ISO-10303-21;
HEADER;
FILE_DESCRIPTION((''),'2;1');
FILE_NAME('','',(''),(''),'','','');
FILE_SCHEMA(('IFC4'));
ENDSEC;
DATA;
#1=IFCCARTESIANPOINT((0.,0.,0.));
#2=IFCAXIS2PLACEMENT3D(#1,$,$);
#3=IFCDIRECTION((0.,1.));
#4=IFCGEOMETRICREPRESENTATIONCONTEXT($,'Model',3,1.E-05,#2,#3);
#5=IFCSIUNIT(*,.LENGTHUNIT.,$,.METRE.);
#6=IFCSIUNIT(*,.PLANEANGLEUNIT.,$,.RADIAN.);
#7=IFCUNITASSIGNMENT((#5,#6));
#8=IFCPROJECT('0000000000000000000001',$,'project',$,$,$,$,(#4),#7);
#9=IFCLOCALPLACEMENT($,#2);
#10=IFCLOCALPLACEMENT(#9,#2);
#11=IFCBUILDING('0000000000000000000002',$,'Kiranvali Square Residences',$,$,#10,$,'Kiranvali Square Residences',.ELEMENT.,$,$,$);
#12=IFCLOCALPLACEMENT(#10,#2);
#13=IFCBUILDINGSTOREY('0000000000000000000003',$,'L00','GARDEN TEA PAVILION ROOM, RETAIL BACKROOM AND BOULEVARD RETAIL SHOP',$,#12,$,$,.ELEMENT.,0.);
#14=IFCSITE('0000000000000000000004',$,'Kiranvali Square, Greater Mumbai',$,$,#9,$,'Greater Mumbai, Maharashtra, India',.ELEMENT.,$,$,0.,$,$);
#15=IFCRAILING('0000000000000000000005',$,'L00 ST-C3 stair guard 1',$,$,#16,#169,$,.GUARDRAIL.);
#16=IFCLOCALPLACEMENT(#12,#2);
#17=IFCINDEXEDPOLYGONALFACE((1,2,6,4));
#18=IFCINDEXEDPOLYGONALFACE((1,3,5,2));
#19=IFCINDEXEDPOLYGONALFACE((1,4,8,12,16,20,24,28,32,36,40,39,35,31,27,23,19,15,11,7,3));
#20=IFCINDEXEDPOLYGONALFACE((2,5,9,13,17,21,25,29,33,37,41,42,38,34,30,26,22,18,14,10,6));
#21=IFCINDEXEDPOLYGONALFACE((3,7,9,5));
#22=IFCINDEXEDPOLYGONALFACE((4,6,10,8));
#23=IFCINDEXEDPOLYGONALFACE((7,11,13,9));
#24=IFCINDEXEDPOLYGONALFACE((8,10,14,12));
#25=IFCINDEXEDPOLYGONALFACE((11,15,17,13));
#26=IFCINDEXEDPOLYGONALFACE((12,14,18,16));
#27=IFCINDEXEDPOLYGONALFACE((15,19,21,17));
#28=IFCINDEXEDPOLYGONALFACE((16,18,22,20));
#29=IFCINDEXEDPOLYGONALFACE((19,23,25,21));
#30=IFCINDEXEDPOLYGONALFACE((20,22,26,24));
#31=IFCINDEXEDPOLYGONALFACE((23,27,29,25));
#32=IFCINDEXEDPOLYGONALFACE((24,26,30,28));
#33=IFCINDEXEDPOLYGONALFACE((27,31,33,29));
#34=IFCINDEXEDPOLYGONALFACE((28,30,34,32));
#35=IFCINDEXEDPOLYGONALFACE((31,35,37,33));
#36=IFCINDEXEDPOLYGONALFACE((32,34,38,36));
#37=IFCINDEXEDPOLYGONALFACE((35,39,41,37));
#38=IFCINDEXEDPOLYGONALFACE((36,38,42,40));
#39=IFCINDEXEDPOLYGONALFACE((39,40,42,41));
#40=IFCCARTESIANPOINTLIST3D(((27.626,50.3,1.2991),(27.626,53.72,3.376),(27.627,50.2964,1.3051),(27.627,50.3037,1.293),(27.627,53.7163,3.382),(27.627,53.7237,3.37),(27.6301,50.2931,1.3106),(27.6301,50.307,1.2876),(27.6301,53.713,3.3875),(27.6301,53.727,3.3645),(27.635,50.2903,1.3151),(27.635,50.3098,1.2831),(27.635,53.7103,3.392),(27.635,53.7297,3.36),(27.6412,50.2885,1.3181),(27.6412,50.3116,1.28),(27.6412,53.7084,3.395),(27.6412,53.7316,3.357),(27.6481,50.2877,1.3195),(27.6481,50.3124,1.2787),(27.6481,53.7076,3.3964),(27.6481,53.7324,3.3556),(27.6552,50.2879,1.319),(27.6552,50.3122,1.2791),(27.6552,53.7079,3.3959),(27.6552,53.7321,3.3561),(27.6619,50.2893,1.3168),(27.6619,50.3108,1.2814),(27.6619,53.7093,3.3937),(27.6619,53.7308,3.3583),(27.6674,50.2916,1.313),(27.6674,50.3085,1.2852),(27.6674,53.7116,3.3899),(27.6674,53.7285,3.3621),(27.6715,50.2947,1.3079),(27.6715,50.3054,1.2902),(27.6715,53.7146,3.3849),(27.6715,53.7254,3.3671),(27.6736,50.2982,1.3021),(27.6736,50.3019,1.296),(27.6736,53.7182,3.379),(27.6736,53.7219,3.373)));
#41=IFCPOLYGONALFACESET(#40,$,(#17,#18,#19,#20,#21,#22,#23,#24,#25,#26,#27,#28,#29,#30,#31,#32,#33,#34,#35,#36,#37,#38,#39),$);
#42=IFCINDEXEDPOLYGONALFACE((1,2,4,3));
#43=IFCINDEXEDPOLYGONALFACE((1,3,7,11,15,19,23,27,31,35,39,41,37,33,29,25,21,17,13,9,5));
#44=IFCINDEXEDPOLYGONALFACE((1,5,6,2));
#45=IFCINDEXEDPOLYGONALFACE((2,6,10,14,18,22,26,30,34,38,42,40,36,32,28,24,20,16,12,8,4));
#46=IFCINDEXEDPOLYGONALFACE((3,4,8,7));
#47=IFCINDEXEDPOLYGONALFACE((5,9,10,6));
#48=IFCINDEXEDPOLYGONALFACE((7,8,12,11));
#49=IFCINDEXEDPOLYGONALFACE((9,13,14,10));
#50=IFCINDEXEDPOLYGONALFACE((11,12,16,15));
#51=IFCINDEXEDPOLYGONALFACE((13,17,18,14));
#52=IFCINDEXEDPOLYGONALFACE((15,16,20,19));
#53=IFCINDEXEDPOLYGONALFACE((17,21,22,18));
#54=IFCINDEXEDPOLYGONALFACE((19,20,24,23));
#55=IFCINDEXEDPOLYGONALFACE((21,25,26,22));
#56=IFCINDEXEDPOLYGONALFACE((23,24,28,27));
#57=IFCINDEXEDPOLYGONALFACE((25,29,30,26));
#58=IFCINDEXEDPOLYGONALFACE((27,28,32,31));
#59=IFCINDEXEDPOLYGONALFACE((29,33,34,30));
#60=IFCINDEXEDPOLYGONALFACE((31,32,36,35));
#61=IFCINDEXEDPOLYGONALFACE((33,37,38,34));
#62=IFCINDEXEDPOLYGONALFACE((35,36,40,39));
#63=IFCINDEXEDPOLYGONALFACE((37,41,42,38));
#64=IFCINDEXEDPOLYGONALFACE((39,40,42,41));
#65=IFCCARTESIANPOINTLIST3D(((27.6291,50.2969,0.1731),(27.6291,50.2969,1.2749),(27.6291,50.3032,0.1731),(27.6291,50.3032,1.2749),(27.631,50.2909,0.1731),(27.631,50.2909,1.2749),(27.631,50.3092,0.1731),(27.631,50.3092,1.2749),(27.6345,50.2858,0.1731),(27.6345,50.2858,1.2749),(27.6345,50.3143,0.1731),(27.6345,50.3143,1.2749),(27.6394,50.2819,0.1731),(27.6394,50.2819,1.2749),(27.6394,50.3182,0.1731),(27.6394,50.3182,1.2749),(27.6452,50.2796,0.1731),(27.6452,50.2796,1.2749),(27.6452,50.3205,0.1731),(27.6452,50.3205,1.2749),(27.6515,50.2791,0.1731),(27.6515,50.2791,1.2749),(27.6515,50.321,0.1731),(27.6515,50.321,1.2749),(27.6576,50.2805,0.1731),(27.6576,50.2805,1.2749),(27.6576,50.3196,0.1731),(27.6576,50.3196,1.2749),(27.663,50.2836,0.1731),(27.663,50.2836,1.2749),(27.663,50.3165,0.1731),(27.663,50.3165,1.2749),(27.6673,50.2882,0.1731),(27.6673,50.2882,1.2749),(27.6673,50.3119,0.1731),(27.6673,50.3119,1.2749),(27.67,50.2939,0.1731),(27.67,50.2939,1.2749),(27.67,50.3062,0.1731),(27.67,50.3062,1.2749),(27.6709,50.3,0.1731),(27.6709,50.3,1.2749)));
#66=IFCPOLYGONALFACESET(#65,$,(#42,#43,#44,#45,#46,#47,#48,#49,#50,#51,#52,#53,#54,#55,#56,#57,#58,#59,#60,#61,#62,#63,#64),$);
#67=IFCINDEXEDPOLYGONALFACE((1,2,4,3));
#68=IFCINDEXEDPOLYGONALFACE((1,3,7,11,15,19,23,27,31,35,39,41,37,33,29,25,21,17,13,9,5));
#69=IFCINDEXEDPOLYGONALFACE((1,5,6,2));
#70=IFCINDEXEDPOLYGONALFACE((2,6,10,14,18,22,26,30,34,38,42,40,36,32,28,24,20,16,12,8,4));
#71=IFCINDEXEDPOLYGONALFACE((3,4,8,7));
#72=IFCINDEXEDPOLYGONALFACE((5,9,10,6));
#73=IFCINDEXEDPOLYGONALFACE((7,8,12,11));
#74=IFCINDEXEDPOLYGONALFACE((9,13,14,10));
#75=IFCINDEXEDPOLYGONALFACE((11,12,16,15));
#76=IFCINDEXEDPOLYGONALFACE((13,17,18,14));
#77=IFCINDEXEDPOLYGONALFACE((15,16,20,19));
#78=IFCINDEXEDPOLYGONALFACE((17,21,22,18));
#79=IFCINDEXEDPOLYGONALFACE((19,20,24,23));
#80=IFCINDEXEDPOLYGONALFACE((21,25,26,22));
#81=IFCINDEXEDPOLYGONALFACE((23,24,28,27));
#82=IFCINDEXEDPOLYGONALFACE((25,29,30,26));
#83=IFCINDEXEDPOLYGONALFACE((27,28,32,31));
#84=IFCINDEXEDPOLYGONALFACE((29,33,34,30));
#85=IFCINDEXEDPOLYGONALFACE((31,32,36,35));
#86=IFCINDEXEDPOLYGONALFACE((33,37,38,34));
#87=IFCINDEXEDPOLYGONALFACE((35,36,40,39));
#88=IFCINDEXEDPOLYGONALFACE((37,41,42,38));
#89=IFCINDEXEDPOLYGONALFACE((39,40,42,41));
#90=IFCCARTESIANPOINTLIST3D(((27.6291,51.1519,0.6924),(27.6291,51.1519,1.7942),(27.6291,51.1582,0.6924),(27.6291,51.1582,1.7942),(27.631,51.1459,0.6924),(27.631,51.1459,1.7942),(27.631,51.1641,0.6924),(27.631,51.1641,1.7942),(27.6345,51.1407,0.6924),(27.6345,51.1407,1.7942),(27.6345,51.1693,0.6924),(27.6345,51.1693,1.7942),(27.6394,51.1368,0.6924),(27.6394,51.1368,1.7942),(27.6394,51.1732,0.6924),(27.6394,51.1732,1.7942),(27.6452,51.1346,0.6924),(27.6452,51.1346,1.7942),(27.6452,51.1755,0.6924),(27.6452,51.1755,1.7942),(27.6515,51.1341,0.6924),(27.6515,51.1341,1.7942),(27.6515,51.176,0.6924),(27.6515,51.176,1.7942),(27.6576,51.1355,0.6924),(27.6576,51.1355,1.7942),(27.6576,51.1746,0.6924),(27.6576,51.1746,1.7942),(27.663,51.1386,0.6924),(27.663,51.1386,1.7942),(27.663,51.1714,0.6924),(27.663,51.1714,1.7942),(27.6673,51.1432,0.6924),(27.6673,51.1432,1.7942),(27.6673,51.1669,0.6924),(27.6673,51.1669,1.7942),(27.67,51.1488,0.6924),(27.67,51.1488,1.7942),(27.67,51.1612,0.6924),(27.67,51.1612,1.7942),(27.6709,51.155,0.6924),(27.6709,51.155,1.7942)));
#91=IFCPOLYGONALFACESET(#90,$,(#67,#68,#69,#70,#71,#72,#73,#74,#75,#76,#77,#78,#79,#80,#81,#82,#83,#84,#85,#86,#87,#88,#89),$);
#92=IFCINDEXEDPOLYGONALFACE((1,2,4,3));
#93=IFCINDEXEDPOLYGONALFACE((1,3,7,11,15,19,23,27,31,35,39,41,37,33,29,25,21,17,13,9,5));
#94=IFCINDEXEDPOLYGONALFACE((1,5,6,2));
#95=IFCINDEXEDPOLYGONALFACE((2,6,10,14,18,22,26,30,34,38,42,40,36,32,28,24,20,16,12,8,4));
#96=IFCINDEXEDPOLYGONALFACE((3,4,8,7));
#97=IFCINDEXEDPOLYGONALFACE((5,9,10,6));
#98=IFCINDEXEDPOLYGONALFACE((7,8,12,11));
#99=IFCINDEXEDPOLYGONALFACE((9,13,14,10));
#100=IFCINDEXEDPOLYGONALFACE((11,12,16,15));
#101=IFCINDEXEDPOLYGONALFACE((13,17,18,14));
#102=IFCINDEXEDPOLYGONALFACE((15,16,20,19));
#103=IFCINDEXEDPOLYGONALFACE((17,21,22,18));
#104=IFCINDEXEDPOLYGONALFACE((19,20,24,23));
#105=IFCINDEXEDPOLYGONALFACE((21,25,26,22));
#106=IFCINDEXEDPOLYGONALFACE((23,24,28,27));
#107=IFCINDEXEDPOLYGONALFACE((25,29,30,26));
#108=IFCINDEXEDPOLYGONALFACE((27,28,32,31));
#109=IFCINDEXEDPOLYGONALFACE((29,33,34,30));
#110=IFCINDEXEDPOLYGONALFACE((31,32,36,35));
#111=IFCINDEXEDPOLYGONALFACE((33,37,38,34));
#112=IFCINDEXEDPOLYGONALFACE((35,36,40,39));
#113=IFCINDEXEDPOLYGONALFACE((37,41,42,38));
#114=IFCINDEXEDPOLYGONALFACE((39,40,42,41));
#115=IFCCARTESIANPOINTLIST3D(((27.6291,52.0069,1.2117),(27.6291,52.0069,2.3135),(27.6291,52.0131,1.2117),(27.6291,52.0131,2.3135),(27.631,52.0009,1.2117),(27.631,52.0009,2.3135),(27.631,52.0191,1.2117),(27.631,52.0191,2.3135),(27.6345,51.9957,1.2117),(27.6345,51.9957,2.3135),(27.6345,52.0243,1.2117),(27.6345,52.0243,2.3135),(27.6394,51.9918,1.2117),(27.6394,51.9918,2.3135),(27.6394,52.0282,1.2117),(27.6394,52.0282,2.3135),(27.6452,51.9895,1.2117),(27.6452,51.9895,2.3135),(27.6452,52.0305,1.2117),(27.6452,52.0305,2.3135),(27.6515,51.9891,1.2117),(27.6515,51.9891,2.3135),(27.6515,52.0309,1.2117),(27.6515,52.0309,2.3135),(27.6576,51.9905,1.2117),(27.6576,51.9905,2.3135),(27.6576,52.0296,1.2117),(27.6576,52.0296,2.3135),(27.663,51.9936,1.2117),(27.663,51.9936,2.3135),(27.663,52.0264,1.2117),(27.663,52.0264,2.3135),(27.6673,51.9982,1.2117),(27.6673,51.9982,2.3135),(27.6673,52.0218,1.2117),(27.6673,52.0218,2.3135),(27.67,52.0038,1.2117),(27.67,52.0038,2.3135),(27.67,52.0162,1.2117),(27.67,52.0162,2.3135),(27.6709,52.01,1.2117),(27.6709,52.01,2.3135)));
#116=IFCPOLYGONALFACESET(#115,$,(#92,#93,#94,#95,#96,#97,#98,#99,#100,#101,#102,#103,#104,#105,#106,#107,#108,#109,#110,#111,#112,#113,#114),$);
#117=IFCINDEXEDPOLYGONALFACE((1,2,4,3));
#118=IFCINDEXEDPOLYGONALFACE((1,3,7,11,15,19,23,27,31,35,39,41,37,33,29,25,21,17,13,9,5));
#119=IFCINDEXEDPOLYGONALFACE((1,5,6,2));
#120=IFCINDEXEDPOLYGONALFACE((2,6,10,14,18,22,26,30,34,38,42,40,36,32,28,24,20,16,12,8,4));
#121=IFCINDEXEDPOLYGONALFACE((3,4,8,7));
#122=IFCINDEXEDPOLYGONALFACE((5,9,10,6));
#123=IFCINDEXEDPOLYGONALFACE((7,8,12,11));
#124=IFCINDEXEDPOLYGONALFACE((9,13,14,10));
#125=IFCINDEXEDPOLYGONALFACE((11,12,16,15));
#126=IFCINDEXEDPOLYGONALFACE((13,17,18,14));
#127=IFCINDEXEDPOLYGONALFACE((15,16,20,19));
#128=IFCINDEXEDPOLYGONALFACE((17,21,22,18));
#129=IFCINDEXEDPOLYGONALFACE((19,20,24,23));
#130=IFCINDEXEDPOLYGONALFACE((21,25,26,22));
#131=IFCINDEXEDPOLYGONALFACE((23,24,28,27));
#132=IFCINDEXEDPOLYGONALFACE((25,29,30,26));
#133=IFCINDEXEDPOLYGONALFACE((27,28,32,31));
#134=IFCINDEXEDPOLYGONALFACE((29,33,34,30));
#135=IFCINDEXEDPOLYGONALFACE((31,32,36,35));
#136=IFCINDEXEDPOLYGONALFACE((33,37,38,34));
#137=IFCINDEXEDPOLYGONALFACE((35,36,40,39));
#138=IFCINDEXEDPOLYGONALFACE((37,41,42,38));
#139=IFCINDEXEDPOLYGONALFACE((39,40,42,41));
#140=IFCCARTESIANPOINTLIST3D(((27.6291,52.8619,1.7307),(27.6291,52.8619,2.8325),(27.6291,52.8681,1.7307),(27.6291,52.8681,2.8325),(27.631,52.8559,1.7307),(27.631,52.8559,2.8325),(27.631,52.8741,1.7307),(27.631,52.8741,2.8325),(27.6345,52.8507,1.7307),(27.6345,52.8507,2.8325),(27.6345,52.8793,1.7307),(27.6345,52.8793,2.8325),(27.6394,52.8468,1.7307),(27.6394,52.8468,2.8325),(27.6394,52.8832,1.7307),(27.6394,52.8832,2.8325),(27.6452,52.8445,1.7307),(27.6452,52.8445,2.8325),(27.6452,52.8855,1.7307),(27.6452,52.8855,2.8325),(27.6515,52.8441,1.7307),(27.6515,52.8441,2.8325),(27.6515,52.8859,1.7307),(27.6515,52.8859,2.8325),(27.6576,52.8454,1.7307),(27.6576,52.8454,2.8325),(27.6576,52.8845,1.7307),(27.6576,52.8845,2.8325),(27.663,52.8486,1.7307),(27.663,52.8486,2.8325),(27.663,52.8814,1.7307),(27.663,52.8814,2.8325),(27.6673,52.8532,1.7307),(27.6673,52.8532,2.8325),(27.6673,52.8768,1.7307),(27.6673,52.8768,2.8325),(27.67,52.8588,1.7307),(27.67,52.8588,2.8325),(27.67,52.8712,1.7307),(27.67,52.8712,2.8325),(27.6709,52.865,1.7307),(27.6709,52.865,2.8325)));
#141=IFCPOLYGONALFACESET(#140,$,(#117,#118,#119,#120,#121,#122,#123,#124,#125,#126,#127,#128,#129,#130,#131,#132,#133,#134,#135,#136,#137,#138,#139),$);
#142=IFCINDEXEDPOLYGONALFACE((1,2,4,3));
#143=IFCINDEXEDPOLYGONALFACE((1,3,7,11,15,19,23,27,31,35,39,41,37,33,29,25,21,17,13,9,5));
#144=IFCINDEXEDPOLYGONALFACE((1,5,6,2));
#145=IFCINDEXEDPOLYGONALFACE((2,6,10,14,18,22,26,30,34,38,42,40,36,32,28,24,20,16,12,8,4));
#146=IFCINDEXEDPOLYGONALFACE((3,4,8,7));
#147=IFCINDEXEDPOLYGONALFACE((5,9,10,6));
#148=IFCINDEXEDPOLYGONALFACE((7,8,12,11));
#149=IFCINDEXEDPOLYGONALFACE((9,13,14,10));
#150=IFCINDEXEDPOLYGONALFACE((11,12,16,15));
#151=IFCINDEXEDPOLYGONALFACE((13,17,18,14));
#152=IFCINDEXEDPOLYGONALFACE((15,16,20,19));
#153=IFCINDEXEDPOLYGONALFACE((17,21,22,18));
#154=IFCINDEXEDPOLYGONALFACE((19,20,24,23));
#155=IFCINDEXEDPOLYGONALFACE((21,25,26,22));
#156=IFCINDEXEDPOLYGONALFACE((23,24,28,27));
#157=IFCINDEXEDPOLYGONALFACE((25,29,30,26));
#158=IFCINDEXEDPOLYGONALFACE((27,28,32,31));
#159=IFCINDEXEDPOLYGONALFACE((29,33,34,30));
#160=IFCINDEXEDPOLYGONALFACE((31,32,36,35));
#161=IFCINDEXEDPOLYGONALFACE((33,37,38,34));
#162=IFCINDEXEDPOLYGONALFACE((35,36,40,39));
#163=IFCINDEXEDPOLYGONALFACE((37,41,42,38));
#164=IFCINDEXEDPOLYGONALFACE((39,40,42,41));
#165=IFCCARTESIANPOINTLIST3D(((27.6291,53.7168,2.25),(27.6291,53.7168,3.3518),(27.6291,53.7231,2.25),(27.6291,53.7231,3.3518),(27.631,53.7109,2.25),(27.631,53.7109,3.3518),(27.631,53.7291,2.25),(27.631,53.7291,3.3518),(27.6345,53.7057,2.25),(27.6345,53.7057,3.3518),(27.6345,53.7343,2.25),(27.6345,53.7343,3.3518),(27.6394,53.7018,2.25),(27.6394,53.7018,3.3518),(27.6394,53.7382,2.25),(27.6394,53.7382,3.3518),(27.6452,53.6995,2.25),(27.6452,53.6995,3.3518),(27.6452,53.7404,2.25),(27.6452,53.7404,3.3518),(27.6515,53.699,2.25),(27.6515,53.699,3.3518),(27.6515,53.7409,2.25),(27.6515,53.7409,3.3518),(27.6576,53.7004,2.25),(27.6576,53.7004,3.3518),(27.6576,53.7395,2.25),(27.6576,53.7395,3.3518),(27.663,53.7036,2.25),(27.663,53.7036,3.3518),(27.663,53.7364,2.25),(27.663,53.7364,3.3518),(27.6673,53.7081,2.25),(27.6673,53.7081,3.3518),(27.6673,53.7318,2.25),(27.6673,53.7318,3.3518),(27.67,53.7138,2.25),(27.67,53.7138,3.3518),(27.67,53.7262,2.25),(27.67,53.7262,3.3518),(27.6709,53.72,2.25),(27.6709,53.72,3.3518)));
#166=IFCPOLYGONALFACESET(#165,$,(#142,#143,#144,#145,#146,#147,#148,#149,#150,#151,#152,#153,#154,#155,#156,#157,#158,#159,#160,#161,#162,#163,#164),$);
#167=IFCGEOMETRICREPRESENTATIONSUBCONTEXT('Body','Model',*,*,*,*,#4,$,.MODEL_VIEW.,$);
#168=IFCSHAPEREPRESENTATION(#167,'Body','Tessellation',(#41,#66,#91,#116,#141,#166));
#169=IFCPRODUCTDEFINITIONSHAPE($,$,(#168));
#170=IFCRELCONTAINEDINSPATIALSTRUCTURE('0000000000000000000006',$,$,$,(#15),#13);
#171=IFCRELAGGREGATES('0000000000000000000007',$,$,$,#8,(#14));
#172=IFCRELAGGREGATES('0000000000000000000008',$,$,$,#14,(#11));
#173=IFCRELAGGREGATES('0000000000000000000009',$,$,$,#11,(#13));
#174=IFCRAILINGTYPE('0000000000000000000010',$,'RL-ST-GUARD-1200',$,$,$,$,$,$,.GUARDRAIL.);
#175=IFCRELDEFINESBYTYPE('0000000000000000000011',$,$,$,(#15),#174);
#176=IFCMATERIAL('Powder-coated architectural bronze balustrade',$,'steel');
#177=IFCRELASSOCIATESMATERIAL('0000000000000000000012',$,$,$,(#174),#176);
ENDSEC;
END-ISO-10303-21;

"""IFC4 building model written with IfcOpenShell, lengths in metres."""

from ifc_helpers import new_model, si_unit, direction, frame, origin, origin_2d, place, context, subcontext, project, spatial, circle, extrude, material, type_object, element, save


model = new_model("IFC4")

# Units and contexts
model_context = context("Model", 3, precision=1e-05, world=origin(), true_north=direction((0.0, 1.0)))
body_context = subcontext(model_context, "Body", "Model", "MODEL_VIEW")
ifc_project = project(units=[si_unit("LENGTHUNIT", "METRE"), si_unit("PLANEANGLEUNIT", "RADIAN")], contexts=[model_context])

# Site, building, storey
site_placement = place(None, origin())
site = spatial("IfcSite", under=ifc_project, at=site_placement, Name="Kiranvali Square, Greater Mumbai", LongName="Greater Mumbai, Maharashtra, India", CompositionType="ELEMENT", RefElevation=0.0)
building_placement = place(site_placement, origin())
building = spatial("IfcBuilding", under=site, at=building_placement, Name="Kiranvali Square Residences", LongName="Kiranvali Square Residences", CompositionType="ELEMENT")
storey_placement = place(building_placement, origin())
storey = spatial("IfcBuildingStorey", under=building, at=storey_placement, Name="L00", Description="GARDEN TEA PAVILION ROOM, RETAIL BACKROOM AND BOULEVARD RETAIL SHOP", CompositionType="ELEMENT", Elevation=0.0)

# Railing
ifc_material_1 = material(Name="Powder-coated architectural bronze balustrade", Category="steel")
railing_type_1 = type_object("IfcRailingType", Name="RL-ST-GUARD-1200", PredefinedType="GUARDRAIL", material=ifc_material_1)
railing_1_placement = place(storey_placement, frame((27.6499, 50.3, 0.1731)))
element("IfcRailing", 1, at=railing_1_placement, inside=storey, type_object=railing_type_1, Name="L00 ST-C3 stair guard 1", PredefinedType="GUARDRAIL", context=body_context, shape_type="SweptSolid", body=[
    extrude(circle(Radius=0.0239, at=origin_2d()), frame((0.0, 0.0, 1.126), z_axis=(0.0, 0.85473, 0.519074), x_axis=(-1.0, 0.0, 0.0)), (0.0, 0.0, 1.0), 4.0012),
    extrude(circle(Radius=0.021, at=origin_2d()), origin(), (0.0, 0.0, 1.0), 1.1018),
    extrude(circle(Radius=0.021, at=origin_2d()), frame((0.0, 0.855, 0.5193)), (0.0, 0.0, 1.0), 1.1018),
    extrude(circle(Radius=0.021, at=origin_2d()), frame((0.0, 1.71, 1.0386)), (0.0, 0.0, 1.0), 1.1018),
    extrude(circle(Radius=0.021, at=origin_2d()), frame((0.0, 2.5649, 1.5576)), (0.0, 0.0, 1.0), 1.1018),
    extrude(circle(Radius=0.021, at=origin_2d()), frame((0.0, 3.4199, 2.0769)), (0.0, 0.0, 1.0), 1.1018),
])

save(model, "model.ifc")
